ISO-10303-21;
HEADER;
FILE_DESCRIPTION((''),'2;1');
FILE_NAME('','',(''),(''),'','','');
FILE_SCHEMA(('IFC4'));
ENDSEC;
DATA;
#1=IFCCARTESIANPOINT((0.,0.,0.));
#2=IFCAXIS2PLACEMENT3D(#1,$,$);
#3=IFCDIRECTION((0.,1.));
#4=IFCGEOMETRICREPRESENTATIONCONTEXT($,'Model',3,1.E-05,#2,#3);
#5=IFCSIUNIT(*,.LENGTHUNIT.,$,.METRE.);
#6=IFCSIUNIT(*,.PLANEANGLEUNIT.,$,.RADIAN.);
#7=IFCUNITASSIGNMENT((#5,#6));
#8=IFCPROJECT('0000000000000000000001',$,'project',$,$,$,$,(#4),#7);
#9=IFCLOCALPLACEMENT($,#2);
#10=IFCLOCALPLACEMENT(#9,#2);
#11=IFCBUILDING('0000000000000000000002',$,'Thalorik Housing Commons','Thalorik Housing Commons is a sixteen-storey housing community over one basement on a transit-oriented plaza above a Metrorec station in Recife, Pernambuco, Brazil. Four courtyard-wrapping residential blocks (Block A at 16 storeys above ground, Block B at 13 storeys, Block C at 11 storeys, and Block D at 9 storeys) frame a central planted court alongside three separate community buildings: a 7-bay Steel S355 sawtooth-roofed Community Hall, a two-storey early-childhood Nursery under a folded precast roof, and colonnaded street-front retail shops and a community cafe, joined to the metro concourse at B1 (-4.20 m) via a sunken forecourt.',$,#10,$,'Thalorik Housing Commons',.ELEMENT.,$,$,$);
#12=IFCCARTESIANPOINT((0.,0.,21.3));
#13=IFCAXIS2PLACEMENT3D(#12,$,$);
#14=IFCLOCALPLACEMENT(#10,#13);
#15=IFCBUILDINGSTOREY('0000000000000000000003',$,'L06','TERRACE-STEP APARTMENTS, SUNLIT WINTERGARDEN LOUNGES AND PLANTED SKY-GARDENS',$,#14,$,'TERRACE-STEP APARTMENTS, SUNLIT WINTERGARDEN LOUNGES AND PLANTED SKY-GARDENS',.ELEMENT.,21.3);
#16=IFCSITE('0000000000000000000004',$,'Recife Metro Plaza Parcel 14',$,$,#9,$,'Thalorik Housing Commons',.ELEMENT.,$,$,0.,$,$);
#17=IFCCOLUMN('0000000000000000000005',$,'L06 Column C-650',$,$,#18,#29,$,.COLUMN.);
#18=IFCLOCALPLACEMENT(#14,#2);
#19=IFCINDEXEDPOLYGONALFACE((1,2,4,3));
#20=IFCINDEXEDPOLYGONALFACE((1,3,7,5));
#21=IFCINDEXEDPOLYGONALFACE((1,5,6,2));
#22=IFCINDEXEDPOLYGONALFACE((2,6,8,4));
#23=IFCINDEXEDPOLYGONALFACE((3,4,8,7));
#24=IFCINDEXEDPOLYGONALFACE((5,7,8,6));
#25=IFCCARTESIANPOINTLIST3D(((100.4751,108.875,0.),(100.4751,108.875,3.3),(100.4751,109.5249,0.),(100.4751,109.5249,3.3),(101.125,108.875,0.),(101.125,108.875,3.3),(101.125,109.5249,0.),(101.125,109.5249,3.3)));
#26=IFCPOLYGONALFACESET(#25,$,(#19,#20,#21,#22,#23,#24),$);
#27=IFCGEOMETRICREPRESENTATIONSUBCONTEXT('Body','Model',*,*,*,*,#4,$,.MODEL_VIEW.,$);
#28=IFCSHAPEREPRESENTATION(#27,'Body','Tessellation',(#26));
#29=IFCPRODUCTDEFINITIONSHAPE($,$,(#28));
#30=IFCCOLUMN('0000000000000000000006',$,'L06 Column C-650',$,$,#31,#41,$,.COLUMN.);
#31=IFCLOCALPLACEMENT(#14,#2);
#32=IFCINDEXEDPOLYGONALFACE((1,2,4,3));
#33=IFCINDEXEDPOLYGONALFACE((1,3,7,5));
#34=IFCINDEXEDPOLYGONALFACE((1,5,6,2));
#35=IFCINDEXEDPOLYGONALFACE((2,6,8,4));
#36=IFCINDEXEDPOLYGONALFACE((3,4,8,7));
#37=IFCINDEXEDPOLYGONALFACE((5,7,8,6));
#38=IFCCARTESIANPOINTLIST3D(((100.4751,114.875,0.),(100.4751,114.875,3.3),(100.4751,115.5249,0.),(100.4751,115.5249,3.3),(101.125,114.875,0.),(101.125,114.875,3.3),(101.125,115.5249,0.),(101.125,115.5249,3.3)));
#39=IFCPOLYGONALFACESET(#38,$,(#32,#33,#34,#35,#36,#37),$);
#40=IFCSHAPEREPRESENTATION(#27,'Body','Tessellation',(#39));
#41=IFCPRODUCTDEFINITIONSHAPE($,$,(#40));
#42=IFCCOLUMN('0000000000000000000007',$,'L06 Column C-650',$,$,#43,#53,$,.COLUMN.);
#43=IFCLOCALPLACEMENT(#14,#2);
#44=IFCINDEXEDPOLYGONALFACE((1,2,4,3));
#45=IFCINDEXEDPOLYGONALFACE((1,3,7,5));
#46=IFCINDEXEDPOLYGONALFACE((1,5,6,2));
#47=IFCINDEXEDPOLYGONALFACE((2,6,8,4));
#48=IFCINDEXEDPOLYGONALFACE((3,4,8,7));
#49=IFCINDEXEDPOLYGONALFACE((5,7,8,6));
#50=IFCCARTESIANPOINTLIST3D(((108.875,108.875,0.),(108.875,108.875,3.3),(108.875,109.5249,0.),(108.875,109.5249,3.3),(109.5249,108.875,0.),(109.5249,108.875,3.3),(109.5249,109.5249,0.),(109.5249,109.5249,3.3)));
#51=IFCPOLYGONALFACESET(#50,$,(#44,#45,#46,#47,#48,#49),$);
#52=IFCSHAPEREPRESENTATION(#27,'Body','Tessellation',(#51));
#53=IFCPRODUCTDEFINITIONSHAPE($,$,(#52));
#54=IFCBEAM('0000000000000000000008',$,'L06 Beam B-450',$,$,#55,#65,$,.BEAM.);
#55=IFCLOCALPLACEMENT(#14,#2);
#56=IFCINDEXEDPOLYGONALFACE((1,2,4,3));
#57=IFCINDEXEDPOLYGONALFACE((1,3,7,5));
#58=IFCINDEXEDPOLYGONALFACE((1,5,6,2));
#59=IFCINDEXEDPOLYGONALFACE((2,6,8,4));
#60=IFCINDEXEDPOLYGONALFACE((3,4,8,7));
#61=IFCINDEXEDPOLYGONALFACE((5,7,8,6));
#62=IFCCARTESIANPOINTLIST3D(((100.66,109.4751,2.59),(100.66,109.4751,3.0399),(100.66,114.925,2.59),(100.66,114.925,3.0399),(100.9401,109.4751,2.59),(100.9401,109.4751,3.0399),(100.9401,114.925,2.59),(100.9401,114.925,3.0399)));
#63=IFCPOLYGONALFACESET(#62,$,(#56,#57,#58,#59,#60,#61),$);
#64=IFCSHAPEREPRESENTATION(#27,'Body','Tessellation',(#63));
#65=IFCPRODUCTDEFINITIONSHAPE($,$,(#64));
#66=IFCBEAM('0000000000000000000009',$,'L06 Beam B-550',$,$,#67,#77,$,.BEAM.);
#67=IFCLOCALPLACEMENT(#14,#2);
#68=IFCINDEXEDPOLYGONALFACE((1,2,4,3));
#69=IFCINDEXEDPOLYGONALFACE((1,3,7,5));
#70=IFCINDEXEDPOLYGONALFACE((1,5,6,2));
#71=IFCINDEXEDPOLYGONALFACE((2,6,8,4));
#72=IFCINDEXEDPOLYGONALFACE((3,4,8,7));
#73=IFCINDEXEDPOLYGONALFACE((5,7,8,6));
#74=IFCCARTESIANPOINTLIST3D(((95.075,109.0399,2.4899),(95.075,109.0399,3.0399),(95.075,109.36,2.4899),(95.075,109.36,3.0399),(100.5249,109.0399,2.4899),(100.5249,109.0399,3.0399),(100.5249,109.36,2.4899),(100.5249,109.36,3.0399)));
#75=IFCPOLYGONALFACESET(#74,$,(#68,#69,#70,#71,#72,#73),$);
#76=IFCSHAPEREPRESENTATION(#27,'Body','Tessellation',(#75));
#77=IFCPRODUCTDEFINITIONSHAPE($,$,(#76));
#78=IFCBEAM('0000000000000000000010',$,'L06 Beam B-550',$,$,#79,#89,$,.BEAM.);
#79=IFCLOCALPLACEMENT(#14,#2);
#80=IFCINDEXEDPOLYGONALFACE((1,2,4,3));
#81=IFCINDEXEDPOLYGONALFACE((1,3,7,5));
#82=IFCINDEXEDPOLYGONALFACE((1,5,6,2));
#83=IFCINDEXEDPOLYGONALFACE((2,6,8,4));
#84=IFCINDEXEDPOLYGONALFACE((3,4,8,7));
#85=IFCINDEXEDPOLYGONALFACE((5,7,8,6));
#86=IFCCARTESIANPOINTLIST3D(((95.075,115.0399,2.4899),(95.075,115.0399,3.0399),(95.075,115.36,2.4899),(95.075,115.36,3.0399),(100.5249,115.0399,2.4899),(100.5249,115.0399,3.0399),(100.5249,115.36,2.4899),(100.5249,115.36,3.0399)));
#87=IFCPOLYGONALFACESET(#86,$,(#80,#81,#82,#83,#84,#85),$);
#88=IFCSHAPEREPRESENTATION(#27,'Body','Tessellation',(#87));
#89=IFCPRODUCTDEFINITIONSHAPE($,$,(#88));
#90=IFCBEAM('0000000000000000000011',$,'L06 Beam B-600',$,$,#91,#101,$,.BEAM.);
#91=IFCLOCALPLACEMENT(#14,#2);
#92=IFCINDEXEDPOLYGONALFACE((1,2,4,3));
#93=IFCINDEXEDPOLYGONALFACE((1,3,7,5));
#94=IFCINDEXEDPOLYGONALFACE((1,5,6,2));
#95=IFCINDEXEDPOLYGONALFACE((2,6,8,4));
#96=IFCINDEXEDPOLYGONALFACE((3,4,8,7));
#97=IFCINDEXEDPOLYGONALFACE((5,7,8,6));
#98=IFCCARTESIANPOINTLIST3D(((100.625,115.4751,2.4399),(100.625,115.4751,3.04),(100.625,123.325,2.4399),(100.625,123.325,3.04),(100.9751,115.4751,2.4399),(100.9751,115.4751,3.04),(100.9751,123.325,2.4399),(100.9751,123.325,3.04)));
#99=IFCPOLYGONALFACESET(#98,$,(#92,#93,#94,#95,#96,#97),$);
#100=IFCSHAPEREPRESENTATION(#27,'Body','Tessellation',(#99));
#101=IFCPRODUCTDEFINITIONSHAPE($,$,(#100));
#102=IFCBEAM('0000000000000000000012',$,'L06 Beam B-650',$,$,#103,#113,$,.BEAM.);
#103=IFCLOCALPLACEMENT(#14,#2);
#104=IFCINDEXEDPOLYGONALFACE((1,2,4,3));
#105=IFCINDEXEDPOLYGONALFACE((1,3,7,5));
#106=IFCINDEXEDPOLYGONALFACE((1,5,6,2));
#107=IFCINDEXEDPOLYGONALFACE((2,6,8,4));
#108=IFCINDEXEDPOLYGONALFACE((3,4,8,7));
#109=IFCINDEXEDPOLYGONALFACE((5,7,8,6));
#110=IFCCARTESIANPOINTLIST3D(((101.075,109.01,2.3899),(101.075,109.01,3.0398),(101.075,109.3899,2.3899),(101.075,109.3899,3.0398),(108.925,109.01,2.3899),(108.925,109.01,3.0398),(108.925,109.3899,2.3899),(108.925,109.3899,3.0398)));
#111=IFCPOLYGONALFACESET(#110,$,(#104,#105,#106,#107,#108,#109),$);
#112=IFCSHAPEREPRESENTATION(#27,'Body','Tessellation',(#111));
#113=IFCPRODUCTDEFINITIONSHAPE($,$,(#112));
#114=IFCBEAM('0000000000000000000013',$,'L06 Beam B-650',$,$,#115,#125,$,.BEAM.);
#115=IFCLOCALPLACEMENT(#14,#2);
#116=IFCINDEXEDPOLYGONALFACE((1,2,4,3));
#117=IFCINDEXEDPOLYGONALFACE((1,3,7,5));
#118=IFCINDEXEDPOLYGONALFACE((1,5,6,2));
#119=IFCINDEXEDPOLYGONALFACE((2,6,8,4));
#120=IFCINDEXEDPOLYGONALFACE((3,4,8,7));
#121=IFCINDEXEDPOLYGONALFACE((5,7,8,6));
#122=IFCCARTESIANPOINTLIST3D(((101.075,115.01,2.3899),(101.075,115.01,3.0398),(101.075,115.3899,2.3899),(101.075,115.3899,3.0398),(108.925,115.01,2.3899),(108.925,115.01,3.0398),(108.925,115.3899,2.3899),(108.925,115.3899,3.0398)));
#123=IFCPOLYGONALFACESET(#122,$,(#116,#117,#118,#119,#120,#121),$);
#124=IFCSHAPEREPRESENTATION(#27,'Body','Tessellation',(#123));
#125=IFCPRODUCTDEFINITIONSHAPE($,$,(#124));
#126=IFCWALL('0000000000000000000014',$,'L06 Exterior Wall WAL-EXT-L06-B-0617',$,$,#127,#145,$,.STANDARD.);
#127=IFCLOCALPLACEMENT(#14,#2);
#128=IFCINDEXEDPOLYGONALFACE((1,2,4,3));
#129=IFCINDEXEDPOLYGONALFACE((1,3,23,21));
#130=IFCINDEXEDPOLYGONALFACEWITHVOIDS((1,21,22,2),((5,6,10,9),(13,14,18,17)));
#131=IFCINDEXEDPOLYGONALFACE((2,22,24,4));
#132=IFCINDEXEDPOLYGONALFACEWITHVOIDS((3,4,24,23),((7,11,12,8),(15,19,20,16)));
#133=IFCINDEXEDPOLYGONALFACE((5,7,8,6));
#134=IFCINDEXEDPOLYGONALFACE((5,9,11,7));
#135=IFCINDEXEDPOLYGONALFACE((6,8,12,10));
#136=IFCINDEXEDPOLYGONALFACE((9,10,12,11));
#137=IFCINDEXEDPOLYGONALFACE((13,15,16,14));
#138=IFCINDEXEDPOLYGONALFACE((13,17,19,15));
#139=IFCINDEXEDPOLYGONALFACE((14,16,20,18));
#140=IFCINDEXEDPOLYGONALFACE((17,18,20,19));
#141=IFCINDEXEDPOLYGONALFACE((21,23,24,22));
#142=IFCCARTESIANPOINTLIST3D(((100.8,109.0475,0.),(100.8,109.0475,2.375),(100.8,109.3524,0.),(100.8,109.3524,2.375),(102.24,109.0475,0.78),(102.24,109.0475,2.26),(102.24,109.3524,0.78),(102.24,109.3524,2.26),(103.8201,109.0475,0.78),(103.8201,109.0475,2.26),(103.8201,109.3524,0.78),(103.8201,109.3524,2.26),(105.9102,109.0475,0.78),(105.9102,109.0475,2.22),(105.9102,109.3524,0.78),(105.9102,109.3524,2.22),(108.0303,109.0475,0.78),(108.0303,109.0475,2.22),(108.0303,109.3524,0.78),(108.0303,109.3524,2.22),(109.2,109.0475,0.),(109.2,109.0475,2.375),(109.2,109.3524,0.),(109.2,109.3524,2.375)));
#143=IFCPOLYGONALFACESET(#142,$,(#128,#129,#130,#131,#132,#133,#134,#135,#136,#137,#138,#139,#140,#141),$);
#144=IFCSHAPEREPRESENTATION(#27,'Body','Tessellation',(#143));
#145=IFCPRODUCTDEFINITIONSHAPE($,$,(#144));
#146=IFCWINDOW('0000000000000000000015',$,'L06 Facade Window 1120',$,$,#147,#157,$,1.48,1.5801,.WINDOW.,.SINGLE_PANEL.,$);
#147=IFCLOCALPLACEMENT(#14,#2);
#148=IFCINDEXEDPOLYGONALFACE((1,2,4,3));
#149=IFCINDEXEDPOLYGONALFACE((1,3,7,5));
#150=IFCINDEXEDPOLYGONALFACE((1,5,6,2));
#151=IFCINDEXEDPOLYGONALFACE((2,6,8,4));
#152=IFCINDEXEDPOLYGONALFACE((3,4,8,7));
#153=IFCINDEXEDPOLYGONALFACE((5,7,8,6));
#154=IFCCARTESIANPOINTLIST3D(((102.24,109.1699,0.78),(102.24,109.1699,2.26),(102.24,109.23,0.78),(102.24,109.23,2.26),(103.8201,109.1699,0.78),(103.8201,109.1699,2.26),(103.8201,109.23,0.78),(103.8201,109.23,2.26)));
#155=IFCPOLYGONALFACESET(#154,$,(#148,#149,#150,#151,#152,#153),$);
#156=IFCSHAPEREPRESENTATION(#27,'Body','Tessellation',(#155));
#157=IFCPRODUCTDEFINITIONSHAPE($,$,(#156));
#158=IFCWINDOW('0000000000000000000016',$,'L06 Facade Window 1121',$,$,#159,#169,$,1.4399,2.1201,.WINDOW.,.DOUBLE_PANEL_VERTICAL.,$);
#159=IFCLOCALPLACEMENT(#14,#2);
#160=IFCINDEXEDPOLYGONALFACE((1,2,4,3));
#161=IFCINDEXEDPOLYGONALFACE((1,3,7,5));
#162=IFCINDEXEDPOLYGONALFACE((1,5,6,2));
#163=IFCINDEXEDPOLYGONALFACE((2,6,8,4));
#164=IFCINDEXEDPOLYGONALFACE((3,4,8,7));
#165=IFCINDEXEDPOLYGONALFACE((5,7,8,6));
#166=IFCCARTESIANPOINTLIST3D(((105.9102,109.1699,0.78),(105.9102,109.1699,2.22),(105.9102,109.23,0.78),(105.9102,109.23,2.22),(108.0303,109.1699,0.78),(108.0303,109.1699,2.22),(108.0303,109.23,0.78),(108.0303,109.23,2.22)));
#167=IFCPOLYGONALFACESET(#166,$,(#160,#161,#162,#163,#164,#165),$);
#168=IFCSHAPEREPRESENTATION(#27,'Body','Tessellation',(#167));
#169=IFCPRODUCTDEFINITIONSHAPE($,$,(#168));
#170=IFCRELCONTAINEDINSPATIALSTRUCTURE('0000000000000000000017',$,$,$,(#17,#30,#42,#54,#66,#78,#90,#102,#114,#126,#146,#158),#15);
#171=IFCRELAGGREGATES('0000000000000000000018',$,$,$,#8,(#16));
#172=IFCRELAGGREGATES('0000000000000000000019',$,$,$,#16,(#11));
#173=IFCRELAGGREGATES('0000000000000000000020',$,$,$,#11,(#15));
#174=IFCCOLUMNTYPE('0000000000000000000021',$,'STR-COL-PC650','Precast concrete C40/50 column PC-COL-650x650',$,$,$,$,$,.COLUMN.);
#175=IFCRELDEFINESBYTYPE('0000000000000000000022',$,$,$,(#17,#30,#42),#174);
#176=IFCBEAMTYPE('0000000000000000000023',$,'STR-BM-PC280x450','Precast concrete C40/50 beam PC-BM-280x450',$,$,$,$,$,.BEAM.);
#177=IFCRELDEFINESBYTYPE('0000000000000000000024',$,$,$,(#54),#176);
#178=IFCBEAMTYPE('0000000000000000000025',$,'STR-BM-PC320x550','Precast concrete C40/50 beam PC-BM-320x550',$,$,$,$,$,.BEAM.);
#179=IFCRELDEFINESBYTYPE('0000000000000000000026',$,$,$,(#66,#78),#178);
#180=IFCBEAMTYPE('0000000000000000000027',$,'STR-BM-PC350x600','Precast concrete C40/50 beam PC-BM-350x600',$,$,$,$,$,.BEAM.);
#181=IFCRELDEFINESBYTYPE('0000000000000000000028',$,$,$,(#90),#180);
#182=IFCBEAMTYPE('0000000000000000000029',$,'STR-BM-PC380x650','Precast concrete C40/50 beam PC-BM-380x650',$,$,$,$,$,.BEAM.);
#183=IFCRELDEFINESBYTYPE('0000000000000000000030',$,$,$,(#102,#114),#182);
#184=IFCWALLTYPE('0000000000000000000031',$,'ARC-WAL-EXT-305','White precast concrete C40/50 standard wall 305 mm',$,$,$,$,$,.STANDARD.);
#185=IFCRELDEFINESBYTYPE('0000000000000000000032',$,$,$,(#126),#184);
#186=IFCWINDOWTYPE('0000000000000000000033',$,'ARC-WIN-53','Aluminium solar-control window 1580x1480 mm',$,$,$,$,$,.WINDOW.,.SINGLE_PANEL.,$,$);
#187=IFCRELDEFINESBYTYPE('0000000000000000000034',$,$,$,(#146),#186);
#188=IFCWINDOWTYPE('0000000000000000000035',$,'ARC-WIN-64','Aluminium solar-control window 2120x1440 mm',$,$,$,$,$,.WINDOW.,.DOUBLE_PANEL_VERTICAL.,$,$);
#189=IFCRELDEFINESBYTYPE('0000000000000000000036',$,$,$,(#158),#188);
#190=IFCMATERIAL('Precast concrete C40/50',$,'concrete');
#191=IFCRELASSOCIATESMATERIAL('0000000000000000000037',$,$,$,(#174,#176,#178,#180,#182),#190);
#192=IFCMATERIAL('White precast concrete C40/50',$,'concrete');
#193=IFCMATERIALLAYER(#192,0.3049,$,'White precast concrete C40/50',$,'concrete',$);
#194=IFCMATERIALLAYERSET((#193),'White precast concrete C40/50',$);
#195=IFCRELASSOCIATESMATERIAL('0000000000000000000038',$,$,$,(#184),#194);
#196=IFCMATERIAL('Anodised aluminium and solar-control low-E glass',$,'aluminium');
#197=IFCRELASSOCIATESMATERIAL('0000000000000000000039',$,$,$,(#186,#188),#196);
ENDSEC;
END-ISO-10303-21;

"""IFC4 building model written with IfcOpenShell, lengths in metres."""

from ifc_helpers import new_model, si_unit, direction, frame, frame_2d, origin, origin_2d, place, context, subcontext, project, spatial, rectangle, extrude, material, layer, layer_set, material_profile, profile_set, type_object, element, fill, save


model = new_model("IFC4")

# Units and contexts
model_context = context("Model", 3, precision=1e-05, world=origin(), true_north=direction((0.0, 1.0)))
body_context = subcontext(model_context, "Body", "Model", "MODEL_VIEW")
ifc_project = project(units=[si_unit("LENGTHUNIT", "METRE"), si_unit("PLANEANGLEUNIT", "RADIAN")], contexts=[model_context])

# Site, building, storey
site_placement = place(None, origin())
site = spatial("IfcSite", under=ifc_project, at=site_placement, Name="Recife Metro Plaza Parcel 14", LongName="Thalorik Housing Commons", CompositionType="ELEMENT", RefElevation=0.0)
building_placement = place(site_placement, origin())
building = spatial("IfcBuilding", under=site, at=building_placement, Name="Thalorik Housing Commons", Description="Thalorik Housing Commons is a sixteen-storey housing community over one basement on a transit-oriented plaza above a Metrorec station in Recife, Pernambuco, Brazil. Four courtyard-wrapping residential blocks (Block A at 16 storeys above ground, Block B at 13 storeys, Block C at 11 storeys, and Block D at 9 storeys) frame a central planted court alongside three separate community buildings: a 7-bay Steel S355 sawtooth-roofed Community Hall, a two-storey early-childhood Nursery under a folded precast roof, and colonnaded street-front retail shops and a community cafe, joined to the metro concourse at B1 (-4.20 m) via a sunken forecourt.", LongName="Thalorik Housing Commons", CompositionType="ELEMENT")
storey_placement = place(building_placement, frame((0.0, 0.0, 21.3)))
storey = spatial("IfcBuildingStorey", under=building, at=storey_placement, Name="L06", Description="TERRACE-STEP APARTMENTS, SUNLIT WINTERGARDEN LOUNGES AND PLANTED SKY-GARDENS", LongName="TERRACE-STEP APARTMENTS, SUNLIT WINTERGARDEN LOUNGES AND PLANTED SKY-GARDENS", CompositionType="ELEMENT", Elevation=21.3)

# Columns
ifc_material_1 = material(Name="Precast concrete C40/50", Category="concrete")
ifc_material_profile_1 = material_profile(ifc_material_1, rectangle(XDim=0.6499, YDim=0.6499, at=origin_2d()), Name="PC 650x650", Category="concrete")
ifc_profile_set_1 = profile_set([ifc_material_profile_1], Name="Precast concrete C40/50")
column_type = type_object("IfcColumnType", Name="STR-COL-PC650", Description="Precast concrete C40/50 column PC-COL-650x650", PredefinedType="COLUMN", material=ifc_profile_set_1)
for number, where, z_axis, x_axis, name in (
    (1, (100.8, 109.2, 0.0), (0.0, 0.0, 1.0), (1.0, 0.0, 0.0), "L06 Column C-650"),
    (2, (100.8, 115.2, 0.0), (0.0, 0.0, 1.0), (1.0, 0.0, 0.0), "L06 Column C-650"),
    (3, (109.2, 109.2, 0.0), (0.0, 0.0, 1.0), (1.0, 0.0, 0.0), "L06 Column C-650"),
):
    element("IfcColumn", number, at=place(storey_placement, frame(where, z_axis=z_axis, x_axis=x_axis)), inside=storey, type_object=column_type, Name=name, PredefinedType="COLUMN", context=body_context, shape_type="SweptSolid", body=[
        extrude(rectangle(XDim=0.6499, YDim=0.6499, at=origin_2d()), origin(), (0.0, 0.0, 1.0), 3.3),
    ])

# Beams
ifc_material_profile_2 = material_profile(ifc_material_1, rectangle(XDim=0.28, YDim=0.45, at=origin_2d()), Name="PC 280x450", Category="concrete")
ifc_profile_set_2 = profile_set([ifc_material_profile_2], Name="Precast concrete C40/50")
beam_type_1 = type_object("IfcBeamType", Name="STR-BM-PC280x450", Description="Precast concrete C40/50 beam PC-BM-280x450", PredefinedType="BEAM", material=ifc_profile_set_2)
beam_1_placement = place(storey_placement, frame((100.8, 109.4751, 2.8149), z_axis=(0.0, 1.0, 0.0), x_axis=(-1.0, 0.0, 0.0)))
element("IfcBeam", 4, at=beam_1_placement, inside=storey, type_object=beam_type_1, Name="L06 Beam B-450", PredefinedType="BEAM", context=body_context, shape_type="SweptSolid", body=[
    extrude(rectangle(XDim=0.28, YDim=0.45, at=origin_2d()), origin(), (0.0, 0.0, 1.0), 5.45),
])
ifc_material_profile_3 = material_profile(ifc_material_1, rectangle(XDim=0.3201, YDim=0.55, at=origin_2d()), Name="PC 320x550", Category="concrete")
ifc_profile_set_3 = profile_set([ifc_material_profile_3], Name="Precast concrete C40/50")
beam_type_2 = type_object("IfcBeamType", Name="STR-BM-PC320x550", Description="Precast concrete C40/50 beam PC-BM-320x550", PredefinedType="BEAM", material=ifc_profile_set_3)
for number, where, z_axis, x_axis, name in (
    (5, (95.075, 109.2, 2.7649), (1.0, 0.0, 0.0), (0.0, 1.0, 0.0), "L06 Beam B-550"),
    (6, (95.075, 115.2, 2.7649), (1.0, 0.0, 0.0), (0.0, 1.0, 0.0), "L06 Beam B-550"),
):
    element("IfcBeam", number, at=place(storey_placement, frame(where, z_axis=z_axis, x_axis=x_axis)), inside=storey, type_object=beam_type_2, Name=name, PredefinedType="BEAM", context=body_context, shape_type="SweptSolid", body=[
        extrude(rectangle(XDim=0.3201, YDim=0.55, at=origin_2d()), origin(), (0.0, 0.0, 1.0), 5.45),
    ])
ifc_material_profile_4 = material_profile(ifc_material_1, rectangle(XDim=0.3501, YDim=0.6001, at=origin_2d()), Name="PC 350x600", Category="concrete")
ifc_profile_set_4 = profile_set([ifc_material_profile_4], Name="Precast concrete C40/50")
beam_type_3 = type_object("IfcBeamType", Name="STR-BM-PC350x600", Description="Precast concrete C40/50 beam PC-BM-350x600", PredefinedType="BEAM", material=ifc_profile_set_4)
beam_2_placement = place(storey_placement, frame((100.8, 115.4751, 2.74), z_axis=(0.0, 1.0, 0.0), x_axis=(-1.0, 0.0, 0.0)))
element("IfcBeam", 7, at=beam_2_placement, inside=storey, type_object=beam_type_3, Name="L06 Beam B-600", PredefinedType="BEAM", context=body_context, shape_type="SweptSolid", body=[
    extrude(rectangle(XDim=0.3501, YDim=0.6001, at=origin_2d()), origin(), (0.0, 0.0, 1.0), 7.8499),
])
ifc_material_profile_5 = material_profile(ifc_material_1, rectangle(XDim=0.3799, YDim=0.6499, at=origin_2d()), Name="PC 380x650", Category="concrete")
ifc_profile_set_5 = profile_set([ifc_material_profile_5], Name="Precast concrete C40/50")
beam_type_4 = type_object("IfcBeamType", Name="STR-BM-PC380x650", Description="Precast concrete C40/50 beam PC-BM-380x650", PredefinedType="BEAM", material=ifc_profile_set_5)
for number, where, z_axis, x_axis, name in (
    (8, (101.075, 109.2, 2.7148), (1.0, 0.0, 0.0), (0.0, 1.0, 0.0), "L06 Beam B-650"),
    (9, (101.075, 115.2, 2.7148), (1.0, 0.0, 0.0), (0.0, 1.0, 0.0), "L06 Beam B-650"),
):
    element("IfcBeam", number, at=place(storey_placement, frame(where, z_axis=z_axis, x_axis=x_axis)), inside=storey, type_object=beam_type_4, Name=name, PredefinedType="BEAM", context=body_context, shape_type="SweptSolid", body=[
        extrude(rectangle(XDim=0.3799, YDim=0.6499, at=origin_2d()), origin(), (0.0, 0.0, 1.0), 7.8501),
    ])

# Wall, openings, windows
ifc_material_2 = material(Name="White precast concrete C40/50", Category="concrete")
ifc_layer_1 = layer(ifc_material_2, 0.3049, Name="White precast concrete C40/50", Category="concrete")
ifc_layer_set_1 = layer_set([ifc_layer_1], Name="White precast concrete C40/50")
wall_type_1 = type_object("IfcWallType", Name="ARC-WAL-EXT-305", Description="White precast concrete C40/50 standard wall 305 mm", PredefinedType="STANDARD", material=ifc_layer_set_1)
wall_1_placement = place(storey_placement, frame((100.8, 109.2, 0.0), z_axis=(0.0, 0.0, 1.0), x_axis=(1.0, 0.0, 0.0)))
wall_1 = element("IfcWall", 10, at=wall_1_placement, inside=storey, type_object=wall_type_1, Name="L06 Exterior Wall WAL-EXT-L06-B-0617", PredefinedType="STANDARD", context=body_context, shape_type="SweptSolid", body=[
    extrude(rectangle(XDim=8.3999, YDim=0.3049, at=frame_2d((4.2, 0.0))), origin(), (0.0, 0.0, 1.0), 2.375),
])
opening_1_placement = place(wall_1_placement, frame((1.4399, 0.0, 0.78)))
opening_1 = element("IfcOpeningElement", 11, at=opening_1_placement, cuts=wall_1, PredefinedType="OPENING", context=body_context, shape_type="SweptSolid", body=[
    extrude(rectangle(XDim=1.5801, YDim=1.48, at=frame_2d((0.79, 0.74))), frame((0.0, 0.1626, 0.0), z_axis=(0.0, -1.0, 0.0), x_axis=(1.0, 0.0, 0.0)), (0.0, 0.0, 1.0), 0.325),
])
opening_2_placement = place(wall_1_placement, frame((5.1101, 0.0, 0.78)))
opening_2 = element("IfcOpeningElement", 12, at=opening_2_placement, cuts=wall_1, PredefinedType="OPENING", context=body_context, shape_type="SweptSolid", body=[
    extrude(rectangle(XDim=2.1201, YDim=1.4399, at=frame_2d((1.0601, 0.72))), frame((0.0, 0.1626, 0.0), z_axis=(0.0, -1.0, 0.0), x_axis=(1.0, 0.0, 0.0)), (0.0, 0.0, 1.0), 0.325),
])
ifc_material_3 = material(Name="Anodised aluminium and solar-control low-E glass", Category="aluminium")
window_type_1 = type_object("IfcWindowType", Name="ARC-WIN-53", Description="Aluminium solar-control window 1580x1480 mm", PartitioningType="SINGLE_PANEL", PredefinedType="WINDOW", material=ifc_material_3)
window_1_placement = place(opening_1_placement, origin())
window_1 = element("IfcWindow", 13, at=window_1_placement, inside=storey, type_object=window_type_1, Name="L06 Facade Window 1120", OverallHeight=1.48, OverallWidth=1.5801, PartitioningType="SINGLE_PANEL", PredefinedType="WINDOW", context=body_context, shape_type="SweptSolid", body=[
    extrude(rectangle(XDim=1.5801, YDim=1.48, at=frame_2d((0.79, 0.74))), frame((0.0, 0.03, 0.0), z_axis=(0.0, -1.0, 0.0), x_axis=(1.0, 0.0, 0.0)), (0.0, 0.0, 1.0), 0.0601),
])
fill(opening_1, window_1)
window_type_2 = type_object("IfcWindowType", Name="ARC-WIN-64", Description="Aluminium solar-control window 2120x1440 mm", PartitioningType="DOUBLE_PANEL_VERTICAL", PredefinedType="WINDOW", material=ifc_material_3)
window_2_placement = place(opening_2_placement, origin())
window_2 = element("IfcWindow", 14, at=window_2_placement, inside=storey, type_object=window_type_2, Name="L06 Facade Window 1121", OverallHeight=1.4399, OverallWidth=2.1201, PartitioningType="DOUBLE_PANEL_VERTICAL", PredefinedType="WINDOW", context=body_context, shape_type="SweptSolid", body=[
    extrude(rectangle(XDim=2.1201, YDim=1.4399, at=frame_2d((1.0601, 0.72))), frame((0.0, 0.03, 0.0), z_axis=(0.0, -1.0, 0.0), x_axis=(1.0, 0.0, 0.0)), (0.0, 0.0, 1.0), 0.0601),
])
fill(opening_2, window_2)

save(model, "model.ifc")
